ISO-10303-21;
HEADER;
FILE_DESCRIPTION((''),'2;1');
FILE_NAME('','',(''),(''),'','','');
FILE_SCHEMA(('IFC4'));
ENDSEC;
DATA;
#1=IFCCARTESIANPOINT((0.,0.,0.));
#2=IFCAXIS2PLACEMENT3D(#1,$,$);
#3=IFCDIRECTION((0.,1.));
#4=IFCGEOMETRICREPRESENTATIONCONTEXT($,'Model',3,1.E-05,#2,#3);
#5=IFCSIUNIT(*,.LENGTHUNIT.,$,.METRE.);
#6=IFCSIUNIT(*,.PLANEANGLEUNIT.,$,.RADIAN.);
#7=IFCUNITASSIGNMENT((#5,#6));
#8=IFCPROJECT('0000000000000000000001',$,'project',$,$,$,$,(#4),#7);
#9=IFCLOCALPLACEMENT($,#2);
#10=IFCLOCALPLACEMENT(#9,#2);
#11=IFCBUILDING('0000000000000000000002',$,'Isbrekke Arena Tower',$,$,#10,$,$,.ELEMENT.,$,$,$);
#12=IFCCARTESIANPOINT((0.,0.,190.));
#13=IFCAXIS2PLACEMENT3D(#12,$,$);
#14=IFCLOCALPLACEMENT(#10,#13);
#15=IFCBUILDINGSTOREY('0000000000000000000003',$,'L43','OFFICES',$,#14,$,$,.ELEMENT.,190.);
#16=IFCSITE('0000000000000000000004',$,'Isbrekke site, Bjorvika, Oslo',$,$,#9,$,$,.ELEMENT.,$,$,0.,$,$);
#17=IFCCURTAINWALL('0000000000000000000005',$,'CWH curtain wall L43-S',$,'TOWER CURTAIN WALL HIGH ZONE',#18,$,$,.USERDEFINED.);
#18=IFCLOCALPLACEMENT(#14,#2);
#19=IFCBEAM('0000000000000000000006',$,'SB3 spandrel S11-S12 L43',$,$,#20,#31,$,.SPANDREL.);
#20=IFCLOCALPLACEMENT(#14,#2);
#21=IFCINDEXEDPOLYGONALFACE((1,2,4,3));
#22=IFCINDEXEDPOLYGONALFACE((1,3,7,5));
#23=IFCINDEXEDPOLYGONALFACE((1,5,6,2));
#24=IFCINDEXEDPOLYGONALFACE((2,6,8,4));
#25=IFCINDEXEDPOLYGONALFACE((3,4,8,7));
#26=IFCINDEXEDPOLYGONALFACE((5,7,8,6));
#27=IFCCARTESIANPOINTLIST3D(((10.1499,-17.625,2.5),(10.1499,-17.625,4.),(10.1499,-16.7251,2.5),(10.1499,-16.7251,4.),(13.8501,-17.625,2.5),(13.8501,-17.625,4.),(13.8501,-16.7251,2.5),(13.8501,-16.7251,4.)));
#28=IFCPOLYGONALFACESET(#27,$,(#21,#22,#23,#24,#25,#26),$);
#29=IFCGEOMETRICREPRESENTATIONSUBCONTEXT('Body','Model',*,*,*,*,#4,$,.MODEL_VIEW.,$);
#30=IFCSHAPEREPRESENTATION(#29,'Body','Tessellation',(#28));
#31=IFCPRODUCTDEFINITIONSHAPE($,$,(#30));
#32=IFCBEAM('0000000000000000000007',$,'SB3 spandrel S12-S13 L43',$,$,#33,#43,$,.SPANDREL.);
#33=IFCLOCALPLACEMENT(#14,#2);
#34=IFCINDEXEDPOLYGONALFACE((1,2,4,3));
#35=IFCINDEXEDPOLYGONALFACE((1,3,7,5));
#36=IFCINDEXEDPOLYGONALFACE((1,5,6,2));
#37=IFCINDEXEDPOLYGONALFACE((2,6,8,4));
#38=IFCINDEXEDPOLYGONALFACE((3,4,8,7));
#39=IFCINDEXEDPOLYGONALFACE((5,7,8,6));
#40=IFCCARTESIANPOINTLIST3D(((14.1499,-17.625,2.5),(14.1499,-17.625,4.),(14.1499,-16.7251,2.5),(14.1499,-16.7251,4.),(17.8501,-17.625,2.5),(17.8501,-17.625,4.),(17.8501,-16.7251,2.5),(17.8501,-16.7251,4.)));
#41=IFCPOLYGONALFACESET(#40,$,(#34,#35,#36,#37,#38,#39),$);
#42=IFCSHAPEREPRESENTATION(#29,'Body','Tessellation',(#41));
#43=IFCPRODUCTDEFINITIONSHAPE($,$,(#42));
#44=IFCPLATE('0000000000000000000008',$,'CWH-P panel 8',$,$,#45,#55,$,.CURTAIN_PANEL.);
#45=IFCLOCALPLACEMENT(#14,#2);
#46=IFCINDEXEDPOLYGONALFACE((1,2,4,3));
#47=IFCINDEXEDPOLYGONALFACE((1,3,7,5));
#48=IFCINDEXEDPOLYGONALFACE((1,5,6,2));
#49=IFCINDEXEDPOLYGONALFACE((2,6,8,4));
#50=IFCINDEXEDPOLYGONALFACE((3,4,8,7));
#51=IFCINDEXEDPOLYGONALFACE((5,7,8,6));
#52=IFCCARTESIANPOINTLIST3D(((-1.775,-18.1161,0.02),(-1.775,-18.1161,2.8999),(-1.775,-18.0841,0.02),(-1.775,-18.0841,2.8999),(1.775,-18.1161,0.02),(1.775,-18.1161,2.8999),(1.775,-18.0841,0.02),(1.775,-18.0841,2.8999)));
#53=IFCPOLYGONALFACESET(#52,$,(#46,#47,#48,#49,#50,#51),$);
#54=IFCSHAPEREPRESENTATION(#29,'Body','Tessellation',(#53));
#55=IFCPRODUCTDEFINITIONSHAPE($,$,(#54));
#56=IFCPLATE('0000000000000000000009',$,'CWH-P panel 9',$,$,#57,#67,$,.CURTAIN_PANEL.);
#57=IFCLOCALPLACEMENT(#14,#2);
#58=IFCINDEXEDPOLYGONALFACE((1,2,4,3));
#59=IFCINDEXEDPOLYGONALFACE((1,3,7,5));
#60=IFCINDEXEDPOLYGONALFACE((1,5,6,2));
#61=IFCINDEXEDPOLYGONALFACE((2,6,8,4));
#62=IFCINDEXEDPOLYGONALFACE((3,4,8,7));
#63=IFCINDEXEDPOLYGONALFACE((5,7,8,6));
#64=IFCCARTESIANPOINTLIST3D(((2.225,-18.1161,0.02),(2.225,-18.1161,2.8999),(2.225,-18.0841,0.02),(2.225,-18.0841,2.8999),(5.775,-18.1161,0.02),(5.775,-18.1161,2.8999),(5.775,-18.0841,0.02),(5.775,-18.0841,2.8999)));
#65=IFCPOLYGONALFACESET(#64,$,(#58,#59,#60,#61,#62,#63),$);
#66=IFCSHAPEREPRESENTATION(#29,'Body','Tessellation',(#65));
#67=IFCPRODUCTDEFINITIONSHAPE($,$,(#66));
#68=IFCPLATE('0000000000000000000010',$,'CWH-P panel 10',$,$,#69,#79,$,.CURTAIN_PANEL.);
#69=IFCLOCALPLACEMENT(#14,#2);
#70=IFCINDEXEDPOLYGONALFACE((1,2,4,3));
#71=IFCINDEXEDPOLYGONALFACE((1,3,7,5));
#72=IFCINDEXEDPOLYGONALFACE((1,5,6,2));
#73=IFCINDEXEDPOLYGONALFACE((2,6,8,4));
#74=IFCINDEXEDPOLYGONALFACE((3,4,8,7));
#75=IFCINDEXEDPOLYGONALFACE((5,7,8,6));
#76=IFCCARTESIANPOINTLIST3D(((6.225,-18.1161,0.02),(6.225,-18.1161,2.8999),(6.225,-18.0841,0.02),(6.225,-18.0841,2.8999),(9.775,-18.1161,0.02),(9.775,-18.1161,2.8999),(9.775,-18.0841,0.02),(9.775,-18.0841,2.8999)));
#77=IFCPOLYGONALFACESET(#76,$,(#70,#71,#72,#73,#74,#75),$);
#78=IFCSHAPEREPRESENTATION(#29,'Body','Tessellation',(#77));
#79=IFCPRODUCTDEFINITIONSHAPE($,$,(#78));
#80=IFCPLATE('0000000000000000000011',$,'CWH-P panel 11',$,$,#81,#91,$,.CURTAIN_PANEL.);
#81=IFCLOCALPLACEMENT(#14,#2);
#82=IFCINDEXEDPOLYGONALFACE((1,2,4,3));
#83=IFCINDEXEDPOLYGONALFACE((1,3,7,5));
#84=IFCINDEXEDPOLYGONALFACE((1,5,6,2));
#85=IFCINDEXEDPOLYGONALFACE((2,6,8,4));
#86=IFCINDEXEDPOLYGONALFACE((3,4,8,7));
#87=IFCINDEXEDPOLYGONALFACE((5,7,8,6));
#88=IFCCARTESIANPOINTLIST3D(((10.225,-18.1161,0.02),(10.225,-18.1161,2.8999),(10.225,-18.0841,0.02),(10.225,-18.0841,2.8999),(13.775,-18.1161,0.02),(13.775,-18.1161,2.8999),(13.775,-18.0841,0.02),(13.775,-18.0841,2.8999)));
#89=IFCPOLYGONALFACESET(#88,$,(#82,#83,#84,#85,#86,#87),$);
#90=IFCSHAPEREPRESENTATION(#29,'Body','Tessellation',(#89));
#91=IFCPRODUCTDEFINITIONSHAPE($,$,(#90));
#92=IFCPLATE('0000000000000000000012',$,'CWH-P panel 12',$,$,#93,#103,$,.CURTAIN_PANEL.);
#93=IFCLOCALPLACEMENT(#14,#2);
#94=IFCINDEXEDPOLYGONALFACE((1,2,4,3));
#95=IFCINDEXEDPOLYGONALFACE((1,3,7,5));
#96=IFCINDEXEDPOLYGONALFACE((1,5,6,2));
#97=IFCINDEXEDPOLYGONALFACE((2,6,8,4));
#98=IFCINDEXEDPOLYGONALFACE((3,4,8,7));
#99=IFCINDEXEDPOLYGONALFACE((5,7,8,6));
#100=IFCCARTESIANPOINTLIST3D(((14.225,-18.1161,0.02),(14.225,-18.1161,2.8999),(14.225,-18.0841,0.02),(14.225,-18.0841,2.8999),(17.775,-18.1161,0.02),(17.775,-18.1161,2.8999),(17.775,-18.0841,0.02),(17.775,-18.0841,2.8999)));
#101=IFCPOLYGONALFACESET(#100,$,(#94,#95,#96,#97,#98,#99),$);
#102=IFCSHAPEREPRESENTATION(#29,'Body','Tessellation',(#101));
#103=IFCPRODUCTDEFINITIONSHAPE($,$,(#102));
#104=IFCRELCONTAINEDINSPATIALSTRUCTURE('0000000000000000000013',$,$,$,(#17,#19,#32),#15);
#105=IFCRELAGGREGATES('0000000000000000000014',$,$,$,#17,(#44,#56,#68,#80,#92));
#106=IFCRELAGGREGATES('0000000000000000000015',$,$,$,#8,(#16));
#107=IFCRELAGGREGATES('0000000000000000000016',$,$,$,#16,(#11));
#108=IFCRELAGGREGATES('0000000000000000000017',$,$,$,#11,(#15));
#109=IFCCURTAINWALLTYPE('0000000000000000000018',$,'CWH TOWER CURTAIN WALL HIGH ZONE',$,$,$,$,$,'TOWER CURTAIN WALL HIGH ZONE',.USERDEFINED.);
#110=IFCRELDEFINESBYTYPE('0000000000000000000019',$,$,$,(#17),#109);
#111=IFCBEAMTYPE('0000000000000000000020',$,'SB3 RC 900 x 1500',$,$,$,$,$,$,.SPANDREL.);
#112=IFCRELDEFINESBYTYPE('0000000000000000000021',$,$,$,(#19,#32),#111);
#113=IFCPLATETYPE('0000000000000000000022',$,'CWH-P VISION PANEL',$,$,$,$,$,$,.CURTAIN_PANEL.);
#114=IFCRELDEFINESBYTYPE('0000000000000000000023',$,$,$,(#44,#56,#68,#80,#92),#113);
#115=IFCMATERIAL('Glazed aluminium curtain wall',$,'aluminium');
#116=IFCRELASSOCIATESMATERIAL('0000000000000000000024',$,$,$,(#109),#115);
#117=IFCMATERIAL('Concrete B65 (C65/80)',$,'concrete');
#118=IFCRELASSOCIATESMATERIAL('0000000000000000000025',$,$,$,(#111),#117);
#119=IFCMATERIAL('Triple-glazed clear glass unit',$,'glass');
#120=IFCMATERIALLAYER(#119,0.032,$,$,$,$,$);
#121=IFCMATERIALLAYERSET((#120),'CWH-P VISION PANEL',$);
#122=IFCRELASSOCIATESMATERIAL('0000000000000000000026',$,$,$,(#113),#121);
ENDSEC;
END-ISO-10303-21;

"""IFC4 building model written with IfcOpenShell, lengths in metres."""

from ifc_helpers import new_model, si_unit, direction, frame, origin, origin_2d, place, context, subcontext, project, spatial, rectangle, extrude, material, layer, layer_set, material_profile, profile_set, type_object, element, aggregate, save


model = new_model("IFC4")

# Units and contexts
model_context = context("Model", 3, precision=1e-05, world=origin(), true_north=direction((0.0, 1.0)))
body_context = subcontext(model_context, "Body", "Model", "MODEL_VIEW")
ifc_project = project(units=[si_unit("LENGTHUNIT", "METRE"), si_unit("PLANEANGLEUNIT", "RADIAN")], contexts=[model_context])

# Site, building, storey
site_placement = place(None, origin())
site = spatial("IfcSite", under=ifc_project, at=site_placement, Name="Isbrekke site, Bjorvika, Oslo", CompositionType="ELEMENT", RefElevation=0.0)
building_placement = place(site_placement, origin())
building = spatial("IfcBuilding", under=site, at=building_placement, Name="Isbrekke Arena Tower", CompositionType="ELEMENT")
storey_placement = place(building_placement, frame((0.0, 0.0, 190.0)))
storey = spatial("IfcBuildingStorey", under=building, at=storey_placement, Name="L43", Description="OFFICES", CompositionType="ELEMENT", Elevation=190.0)

# Curtain wall
ifc_material_1 = material(Name="Glazed aluminium curtain wall", Category="aluminium")
curtain_wall_type = type_object("IfcCurtainWallType", Name="CWH TOWER CURTAIN WALL HIGH ZONE", ElementType="TOWER CURTAIN WALL HIGH ZONE", PredefinedType="USERDEFINED", material=ifc_material_1)
curtain_wall_placement = place(storey_placement, origin())
curtain_wall = element("IfcCurtainWall", 1, at=curtain_wall_placement, inside=storey, type_object=curtain_wall_type, Name="CWH curtain wall L43-S", ObjectType="TOWER CURTAIN WALL HIGH ZONE", PredefinedType="USERDEFINED")

# Beams
ifc_material_2 = material(Name="Concrete B65 (C65/80)", Category="concrete")
ifc_material_profile_1 = material_profile(ifc_material_2, rectangle(XDim=0.8999, YDim=1.5, at=origin_2d()), Name="RC 900x1500")
ifc_profile_set_1 = profile_set([ifc_material_profile_1], Name="Concrete B65 (C65/80)")
beam_type_1 = type_object("IfcBeamType", Name="SB3 RC 900 x 1500", PredefinedType="SPANDREL", material=ifc_profile_set_1)
for number, where, z_axis, x_axis, name in (
    (2, (10.1499, -17.175, 3.25), (1.0, 0.0, 0.0), (0.0, 1.0, 0.0), "SB3 spandrel S11-S12 L43"),
    (3, (14.1499, -17.175, 3.25), (1.0, 0.0, 0.0), (0.0, 1.0, 0.0), "SB3 spandrel S12-S13 L43"),
):
    element("IfcBeam", number, at=place(storey_placement, frame(where, z_axis=z_axis, x_axis=x_axis)), inside=storey, type_object=beam_type_1, Name=name, PredefinedType="SPANDREL", context=body_context, shape_type="SweptSolid", body=[
        extrude(rectangle(XDim=0.8999, YDim=1.5, at=origin_2d()), origin(), (0.0, 0.0, 1.0), 3.7002),
    ])

# Plates
ifc_material_3 = material(Name="Triple-glazed clear glass unit", Category="glass")
ifc_layer = layer(ifc_material_3, 0.032)
ifc_layer_set = layer_set([ifc_layer], Name="CWH-P VISION PANEL")
plate_type = type_object("IfcPlateType", Name="CWH-P VISION PANEL", PredefinedType="CURTAIN_PANEL", material=ifc_layer_set)
plate_1_placement = place(storey_placement, frame((0.0, -18.1001, 0.02), z_axis=(0.0, 0.0, 1.0), x_axis=(1.0, 0.0, 0.0)))
plate_1 = element("IfcPlate", 4, at=plate_1_placement, type_object=plate_type, Name="CWH-P panel 8", PredefinedType="CURTAIN_PANEL", context=body_context, shape_type="SweptSolid", body=[
    extrude(rectangle(XDim=3.55, YDim=0.032, at=origin_2d()), origin(), (0.0, 0.0, 1.0), 2.8799),
])
plate_2_placement = place(storey_placement, frame((4.0, -18.1001, 0.02), z_axis=(0.0, 0.0, 1.0), x_axis=(1.0, 0.0, 0.0)))
plate_2 = element("IfcPlate", 5, at=plate_2_placement, type_object=plate_type, Name="CWH-P panel 9", PredefinedType="CURTAIN_PANEL", context=body_context, shape_type="SweptSolid", body=[
    extrude(rectangle(XDim=3.55, YDim=0.032, at=origin_2d()), origin(), (0.0, 0.0, 1.0), 2.8799),
])
plate_3_placement = place(storey_placement, frame((8.0, -18.1001, 0.02), z_axis=(0.0, 0.0, 1.0), x_axis=(1.0, 0.0, 0.0)))
plate_3 = element("IfcPlate", 6, at=plate_3_placement, type_object=plate_type, Name="CWH-P panel 10", PredefinedType="CURTAIN_PANEL", context=body_context, shape_type="SweptSolid", body=[
    extrude(rectangle(XDim=3.55, YDim=0.032, at=origin_2d()), origin(), (0.0, 0.0, 1.0), 2.8799),
])
plate_4_placement = place(storey_placement, frame((12.0, -18.1001, 0.02), z_axis=(0.0, 0.0, 1.0), x_axis=(1.0, 0.0, 0.0)))
plate_4 = element("IfcPlate", 7, at=plate_4_placement, type_object=plate_type, Name="CWH-P panel 11", PredefinedType="CURTAIN_PANEL", context=body_context, shape_type="SweptSolid", body=[
    extrude(rectangle(XDim=3.55, YDim=0.032, at=origin_2d()), origin(), (0.0, 0.0, 1.0), 2.8799),
])
plate_5_placement = place(storey_placement, frame((16.0, -18.1001, 0.02), z_axis=(0.0, 0.0, 1.0), x_axis=(1.0, 0.0, 0.0)))
plate_5 = element("IfcPlate", 8, at=plate_5_placement, type_object=plate_type, Name="CWH-P panel 12", PredefinedType="CURTAIN_PANEL", context=body_context, shape_type="SweptSolid", body=[
    extrude(rectangle(XDim=3.55, YDim=0.032, at=origin_2d()), origin(), (0.0, 0.0, 1.0), 2.8799),
])
aggregate(curtain_wall, [plate_1, plate_2, plate_3, plate_4, plate_5])

save(model, "model.ifc")
